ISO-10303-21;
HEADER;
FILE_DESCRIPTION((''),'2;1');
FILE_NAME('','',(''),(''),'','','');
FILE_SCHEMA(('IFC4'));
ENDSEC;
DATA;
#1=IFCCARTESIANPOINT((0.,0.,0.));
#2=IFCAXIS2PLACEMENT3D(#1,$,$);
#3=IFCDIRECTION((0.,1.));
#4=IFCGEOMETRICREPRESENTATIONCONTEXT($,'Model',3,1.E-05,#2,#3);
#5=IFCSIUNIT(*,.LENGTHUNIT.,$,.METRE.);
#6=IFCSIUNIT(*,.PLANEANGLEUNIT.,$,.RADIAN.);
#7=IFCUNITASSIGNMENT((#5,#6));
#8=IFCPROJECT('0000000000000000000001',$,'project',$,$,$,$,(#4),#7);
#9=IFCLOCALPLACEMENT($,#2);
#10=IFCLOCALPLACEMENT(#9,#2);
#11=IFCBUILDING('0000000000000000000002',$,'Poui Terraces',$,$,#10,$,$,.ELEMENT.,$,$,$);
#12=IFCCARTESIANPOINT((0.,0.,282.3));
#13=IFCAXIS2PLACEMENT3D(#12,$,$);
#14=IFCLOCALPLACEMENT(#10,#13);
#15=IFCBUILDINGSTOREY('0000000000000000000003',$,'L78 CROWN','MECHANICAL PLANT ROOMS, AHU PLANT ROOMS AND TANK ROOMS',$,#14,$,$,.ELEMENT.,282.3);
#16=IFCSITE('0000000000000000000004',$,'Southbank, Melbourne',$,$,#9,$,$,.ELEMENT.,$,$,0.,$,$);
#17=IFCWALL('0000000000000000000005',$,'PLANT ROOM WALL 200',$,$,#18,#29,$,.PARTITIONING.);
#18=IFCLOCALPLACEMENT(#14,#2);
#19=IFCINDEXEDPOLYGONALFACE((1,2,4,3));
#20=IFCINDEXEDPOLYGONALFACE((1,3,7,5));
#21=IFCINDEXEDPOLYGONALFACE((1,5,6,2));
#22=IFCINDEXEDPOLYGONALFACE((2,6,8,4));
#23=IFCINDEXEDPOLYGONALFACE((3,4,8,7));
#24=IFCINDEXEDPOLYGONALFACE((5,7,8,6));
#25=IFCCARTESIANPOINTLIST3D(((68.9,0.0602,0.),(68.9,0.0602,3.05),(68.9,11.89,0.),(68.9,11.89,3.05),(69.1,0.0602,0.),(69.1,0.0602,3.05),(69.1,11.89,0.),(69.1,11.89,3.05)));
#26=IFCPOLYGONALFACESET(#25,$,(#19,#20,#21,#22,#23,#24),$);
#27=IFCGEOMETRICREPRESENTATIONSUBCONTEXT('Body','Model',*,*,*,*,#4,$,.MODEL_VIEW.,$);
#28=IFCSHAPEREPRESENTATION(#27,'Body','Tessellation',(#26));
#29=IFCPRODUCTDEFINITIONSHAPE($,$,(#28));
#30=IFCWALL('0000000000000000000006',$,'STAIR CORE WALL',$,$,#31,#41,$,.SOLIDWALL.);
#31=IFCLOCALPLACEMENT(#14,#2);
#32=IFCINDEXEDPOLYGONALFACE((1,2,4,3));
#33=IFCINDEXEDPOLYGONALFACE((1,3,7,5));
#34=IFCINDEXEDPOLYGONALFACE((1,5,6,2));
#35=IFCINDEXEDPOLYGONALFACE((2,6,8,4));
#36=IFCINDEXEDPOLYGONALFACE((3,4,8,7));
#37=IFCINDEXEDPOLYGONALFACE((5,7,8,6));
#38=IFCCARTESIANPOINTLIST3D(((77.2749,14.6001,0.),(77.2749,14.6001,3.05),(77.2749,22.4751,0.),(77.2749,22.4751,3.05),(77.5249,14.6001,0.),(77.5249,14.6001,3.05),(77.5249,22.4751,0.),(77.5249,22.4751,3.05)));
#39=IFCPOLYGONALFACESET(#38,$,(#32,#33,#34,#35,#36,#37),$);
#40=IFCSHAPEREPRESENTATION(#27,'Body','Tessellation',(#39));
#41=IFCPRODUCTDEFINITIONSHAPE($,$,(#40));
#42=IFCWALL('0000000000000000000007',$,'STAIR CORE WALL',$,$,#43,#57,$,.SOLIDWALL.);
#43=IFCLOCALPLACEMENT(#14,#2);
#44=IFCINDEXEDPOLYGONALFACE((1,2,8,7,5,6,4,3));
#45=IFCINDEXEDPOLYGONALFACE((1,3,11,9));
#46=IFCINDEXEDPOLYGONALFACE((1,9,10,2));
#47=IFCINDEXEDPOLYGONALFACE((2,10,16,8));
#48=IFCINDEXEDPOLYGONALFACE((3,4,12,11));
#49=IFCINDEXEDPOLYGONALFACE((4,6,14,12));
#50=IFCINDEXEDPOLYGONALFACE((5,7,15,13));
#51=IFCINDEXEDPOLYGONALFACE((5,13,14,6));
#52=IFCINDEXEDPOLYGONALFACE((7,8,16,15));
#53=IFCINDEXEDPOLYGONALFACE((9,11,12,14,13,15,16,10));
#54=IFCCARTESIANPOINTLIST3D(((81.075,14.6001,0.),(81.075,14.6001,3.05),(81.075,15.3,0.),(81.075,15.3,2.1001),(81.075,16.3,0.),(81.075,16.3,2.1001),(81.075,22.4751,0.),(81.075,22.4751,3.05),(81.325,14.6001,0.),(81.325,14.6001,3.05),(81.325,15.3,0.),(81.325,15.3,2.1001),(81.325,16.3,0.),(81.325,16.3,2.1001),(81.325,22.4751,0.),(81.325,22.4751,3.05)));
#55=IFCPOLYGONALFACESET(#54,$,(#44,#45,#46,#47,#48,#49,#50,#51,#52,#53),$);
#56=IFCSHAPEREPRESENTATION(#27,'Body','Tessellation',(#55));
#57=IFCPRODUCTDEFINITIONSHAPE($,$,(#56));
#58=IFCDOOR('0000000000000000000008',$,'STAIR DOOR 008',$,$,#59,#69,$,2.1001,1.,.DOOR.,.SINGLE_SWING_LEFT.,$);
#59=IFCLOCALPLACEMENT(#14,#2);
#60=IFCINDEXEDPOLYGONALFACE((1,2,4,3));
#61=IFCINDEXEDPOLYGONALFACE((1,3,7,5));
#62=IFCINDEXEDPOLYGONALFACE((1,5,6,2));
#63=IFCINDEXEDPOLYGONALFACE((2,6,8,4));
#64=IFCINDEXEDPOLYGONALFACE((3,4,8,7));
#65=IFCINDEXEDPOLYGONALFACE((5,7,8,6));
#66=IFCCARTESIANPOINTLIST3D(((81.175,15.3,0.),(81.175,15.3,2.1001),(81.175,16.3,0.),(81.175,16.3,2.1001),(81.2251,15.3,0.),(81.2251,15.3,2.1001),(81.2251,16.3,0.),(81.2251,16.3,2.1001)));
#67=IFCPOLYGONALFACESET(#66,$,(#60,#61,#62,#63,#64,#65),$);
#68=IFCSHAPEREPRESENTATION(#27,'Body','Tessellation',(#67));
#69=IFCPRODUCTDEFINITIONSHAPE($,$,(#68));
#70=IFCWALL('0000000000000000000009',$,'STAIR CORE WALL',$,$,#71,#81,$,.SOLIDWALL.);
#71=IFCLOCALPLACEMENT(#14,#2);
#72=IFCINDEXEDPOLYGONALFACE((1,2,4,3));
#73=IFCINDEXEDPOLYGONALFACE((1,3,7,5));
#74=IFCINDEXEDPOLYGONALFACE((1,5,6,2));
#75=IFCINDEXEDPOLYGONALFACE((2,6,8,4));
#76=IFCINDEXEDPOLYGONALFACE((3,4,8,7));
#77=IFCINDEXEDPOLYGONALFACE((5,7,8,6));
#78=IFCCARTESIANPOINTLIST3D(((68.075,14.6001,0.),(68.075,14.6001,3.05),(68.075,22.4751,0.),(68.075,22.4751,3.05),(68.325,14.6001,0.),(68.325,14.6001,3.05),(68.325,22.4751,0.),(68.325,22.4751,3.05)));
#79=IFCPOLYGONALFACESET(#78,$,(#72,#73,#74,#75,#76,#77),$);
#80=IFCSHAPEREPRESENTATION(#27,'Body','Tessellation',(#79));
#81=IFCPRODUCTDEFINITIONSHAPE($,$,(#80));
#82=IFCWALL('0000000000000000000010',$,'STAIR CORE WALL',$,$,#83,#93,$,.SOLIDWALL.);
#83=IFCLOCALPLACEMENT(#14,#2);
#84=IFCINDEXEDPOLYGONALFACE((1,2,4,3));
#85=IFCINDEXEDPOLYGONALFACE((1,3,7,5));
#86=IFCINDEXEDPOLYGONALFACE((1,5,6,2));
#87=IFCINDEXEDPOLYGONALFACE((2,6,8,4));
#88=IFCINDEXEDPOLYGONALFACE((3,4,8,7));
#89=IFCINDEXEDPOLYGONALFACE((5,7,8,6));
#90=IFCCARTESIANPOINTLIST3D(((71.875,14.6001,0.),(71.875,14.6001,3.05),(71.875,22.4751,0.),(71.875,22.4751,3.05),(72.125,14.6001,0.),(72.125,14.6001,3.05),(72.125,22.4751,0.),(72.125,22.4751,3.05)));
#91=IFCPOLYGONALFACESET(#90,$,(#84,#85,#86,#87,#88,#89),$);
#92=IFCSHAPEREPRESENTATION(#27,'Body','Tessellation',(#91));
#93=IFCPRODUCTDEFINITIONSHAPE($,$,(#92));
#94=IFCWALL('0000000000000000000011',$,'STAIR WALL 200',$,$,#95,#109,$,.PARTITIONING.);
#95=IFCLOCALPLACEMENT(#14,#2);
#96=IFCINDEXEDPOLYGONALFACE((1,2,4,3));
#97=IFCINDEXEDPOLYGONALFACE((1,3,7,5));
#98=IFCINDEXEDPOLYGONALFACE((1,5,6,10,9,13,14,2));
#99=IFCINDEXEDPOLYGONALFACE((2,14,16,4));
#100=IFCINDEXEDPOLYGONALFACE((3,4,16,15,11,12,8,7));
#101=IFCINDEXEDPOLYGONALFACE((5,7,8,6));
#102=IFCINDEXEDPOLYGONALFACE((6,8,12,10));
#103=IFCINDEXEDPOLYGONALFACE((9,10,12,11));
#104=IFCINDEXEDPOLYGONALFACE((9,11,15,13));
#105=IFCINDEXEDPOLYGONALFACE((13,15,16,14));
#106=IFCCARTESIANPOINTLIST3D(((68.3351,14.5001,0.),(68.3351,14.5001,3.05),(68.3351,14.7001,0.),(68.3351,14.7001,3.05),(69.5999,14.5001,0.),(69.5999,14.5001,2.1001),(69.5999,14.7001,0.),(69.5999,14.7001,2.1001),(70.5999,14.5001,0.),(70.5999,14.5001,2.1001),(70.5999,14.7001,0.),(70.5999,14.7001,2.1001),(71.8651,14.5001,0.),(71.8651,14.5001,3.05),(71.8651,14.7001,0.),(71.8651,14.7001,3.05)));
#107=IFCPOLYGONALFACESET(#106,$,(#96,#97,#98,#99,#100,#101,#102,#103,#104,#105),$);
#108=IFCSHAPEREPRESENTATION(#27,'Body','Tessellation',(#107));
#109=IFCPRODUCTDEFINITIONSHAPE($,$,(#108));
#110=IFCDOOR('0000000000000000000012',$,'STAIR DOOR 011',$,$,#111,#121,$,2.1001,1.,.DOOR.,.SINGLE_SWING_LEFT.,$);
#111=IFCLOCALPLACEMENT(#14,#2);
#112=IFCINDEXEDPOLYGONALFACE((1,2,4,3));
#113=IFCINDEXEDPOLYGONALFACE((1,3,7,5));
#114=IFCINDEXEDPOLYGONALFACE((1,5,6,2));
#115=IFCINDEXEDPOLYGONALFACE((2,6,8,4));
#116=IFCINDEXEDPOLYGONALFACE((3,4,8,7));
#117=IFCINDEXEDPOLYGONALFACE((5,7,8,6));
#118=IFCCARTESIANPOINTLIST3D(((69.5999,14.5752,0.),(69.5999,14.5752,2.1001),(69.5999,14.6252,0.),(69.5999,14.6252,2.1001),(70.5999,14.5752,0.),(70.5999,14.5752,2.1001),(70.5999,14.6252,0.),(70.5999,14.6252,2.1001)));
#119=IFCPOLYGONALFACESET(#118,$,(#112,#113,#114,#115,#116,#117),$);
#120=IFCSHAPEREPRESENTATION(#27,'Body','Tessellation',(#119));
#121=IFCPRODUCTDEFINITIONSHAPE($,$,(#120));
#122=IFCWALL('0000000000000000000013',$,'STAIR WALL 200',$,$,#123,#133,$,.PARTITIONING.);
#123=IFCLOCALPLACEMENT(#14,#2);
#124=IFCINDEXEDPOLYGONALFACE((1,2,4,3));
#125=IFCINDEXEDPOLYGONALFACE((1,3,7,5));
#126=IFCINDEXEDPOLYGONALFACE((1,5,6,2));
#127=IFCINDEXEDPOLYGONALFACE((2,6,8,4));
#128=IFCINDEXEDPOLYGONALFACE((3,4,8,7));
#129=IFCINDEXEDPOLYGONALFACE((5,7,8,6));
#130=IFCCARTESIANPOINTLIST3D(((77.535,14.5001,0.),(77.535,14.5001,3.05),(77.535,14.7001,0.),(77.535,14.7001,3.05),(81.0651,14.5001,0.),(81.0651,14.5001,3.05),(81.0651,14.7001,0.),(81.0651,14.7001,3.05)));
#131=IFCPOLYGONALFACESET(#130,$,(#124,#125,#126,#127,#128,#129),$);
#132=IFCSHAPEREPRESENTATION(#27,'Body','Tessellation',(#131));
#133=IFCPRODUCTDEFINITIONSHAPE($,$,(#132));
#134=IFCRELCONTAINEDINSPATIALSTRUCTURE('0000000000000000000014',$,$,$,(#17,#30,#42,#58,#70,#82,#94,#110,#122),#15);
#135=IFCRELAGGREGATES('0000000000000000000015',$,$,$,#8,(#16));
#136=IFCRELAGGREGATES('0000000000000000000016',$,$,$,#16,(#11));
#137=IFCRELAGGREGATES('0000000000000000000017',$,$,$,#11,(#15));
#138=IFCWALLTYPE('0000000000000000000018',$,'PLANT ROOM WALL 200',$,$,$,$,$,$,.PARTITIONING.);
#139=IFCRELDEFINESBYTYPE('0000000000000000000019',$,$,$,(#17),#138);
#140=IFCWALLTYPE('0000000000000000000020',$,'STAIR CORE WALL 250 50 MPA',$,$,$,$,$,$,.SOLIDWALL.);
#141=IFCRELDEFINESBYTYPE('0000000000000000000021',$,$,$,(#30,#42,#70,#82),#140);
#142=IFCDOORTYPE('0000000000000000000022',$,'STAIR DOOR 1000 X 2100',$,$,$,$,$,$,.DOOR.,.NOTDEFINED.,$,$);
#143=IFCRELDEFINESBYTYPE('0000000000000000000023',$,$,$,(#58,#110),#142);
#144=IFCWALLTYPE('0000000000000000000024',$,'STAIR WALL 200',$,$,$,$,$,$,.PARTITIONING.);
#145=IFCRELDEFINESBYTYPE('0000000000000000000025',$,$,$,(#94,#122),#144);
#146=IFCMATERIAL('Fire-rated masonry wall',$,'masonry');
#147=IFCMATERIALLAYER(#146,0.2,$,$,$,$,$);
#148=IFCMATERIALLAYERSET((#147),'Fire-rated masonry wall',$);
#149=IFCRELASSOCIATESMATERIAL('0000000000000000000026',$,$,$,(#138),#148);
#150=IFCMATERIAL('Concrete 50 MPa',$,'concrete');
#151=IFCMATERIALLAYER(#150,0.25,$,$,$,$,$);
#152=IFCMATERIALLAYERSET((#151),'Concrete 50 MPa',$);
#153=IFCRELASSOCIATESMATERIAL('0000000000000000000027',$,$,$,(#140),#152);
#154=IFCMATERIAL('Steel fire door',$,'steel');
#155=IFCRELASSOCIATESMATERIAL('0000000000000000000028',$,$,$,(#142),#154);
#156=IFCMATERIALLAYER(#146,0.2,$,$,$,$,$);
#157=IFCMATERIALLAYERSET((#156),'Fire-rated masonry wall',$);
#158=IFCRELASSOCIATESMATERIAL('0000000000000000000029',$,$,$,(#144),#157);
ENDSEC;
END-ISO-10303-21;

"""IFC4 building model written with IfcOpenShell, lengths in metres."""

from ifc_helpers import new_model, si_unit, direction, frame, frame_2d, origin, place, context, subcontext, project, spatial, rectangle, extrude, material, layer, layer_set, type_object, element, fill, save


model = new_model("IFC4")

# Units and contexts
model_context = context("Model", 3, precision=1e-05, world=origin(), true_north=direction((0.0, 1.0)))
body_context = subcontext(model_context, "Body", "Model", "MODEL_VIEW")
ifc_project = project(units=[si_unit("LENGTHUNIT", "METRE"), si_unit("PLANEANGLEUNIT", "RADIAN")], contexts=[model_context])

# Site, building, storey
site_placement = place(None, origin())
site = spatial("IfcSite", under=ifc_project, at=site_placement, Name="Southbank, Melbourne", CompositionType="ELEMENT", RefElevation=0.0)
building_placement = place(site_placement, origin())
building = spatial("IfcBuilding", under=site, at=building_placement, Name="Poui Terraces", CompositionType="ELEMENT")
storey_placement = place(building_placement, frame((0.0, 0.0, 282.3)))
storey = spatial("IfcBuildingStorey", under=building, at=storey_placement, Name="L78 CROWN", Description="MECHANICAL PLANT ROOMS, AHU PLANT ROOMS AND TANK ROOMS", CompositionType="ELEMENT", Elevation=282.3)

# Shared definitions
ifc_material_1 = material(Name="Concrete 50 MPa", Category="concrete")

# Shared definitions
ifc_material_2 = material(Name="Steel fire door", Category="steel")

# Shared definitions
ifc_material_3 = material(Name="Fire-rated masonry wall", Category="masonry")
ifc_layer_1 = layer(ifc_material_3, 0.2)
ifc_layer_set_1 = layer_set([ifc_layer_1], Name="Fire-rated masonry wall")
wall_type_1 = type_object("IfcWallType", Name="PLANT ROOM WALL 200", PredefinedType="PARTITIONING", material=ifc_layer_set_1)

# Walls
wall_1_placement = place(storey_placement, frame((69.0, 0.0601, 0.0), z_axis=(0.0, 0.0, 1.0), x_axis=(0.0, 1.0, 0.0)))
element("IfcWall", 1, at=wall_1_placement, inside=storey, type_object=wall_type_1, Name="PLANT ROOM WALL 200", PredefinedType="PARTITIONING", context=body_context, shape_type="SweptSolid", body=[
    extrude(rectangle(XDim=11.8298, YDim=0.2, at=frame_2d((5.915, 0.0))), origin(), (0.0, 0.0, 1.0), 3.05),
])
ifc_layer_2 = layer(ifc_material_1, 0.25)
ifc_layer_set_2 = layer_set([ifc_layer_2], Name="Concrete 50 MPa")
wall_type_2 = type_object("IfcWallType", Name="STAIR CORE WALL 250 50 MPA", PredefinedType="SOLIDWALL", material=ifc_layer_set_2)
wall_2_placement = place(storey_placement, frame((77.3999, 14.6001, 0.0), z_axis=(0.0, 0.0, 1.0), x_axis=(0.0, 1.0, 0.0)))
element("IfcWall", 2, at=wall_2_placement, inside=storey, type_object=wall_type_2, Name="STAIR CORE WALL", PredefinedType="SOLIDWALL", context=body_context, shape_type="SweptSolid", body=[
    extrude(rectangle(XDim=7.875, YDim=0.25, at=frame_2d((3.9375, 0.0))), origin(), (0.0, 0.0, 1.0), 3.05),
])

# Wall, opening, door
wall_3_placement = place(storey_placement, frame((81.2, 14.6001, 0.0), z_axis=(0.0, 0.0, 1.0), x_axis=(0.0, 1.0, 0.0)))
wall_3 = element("IfcWall", 3, at=wall_3_placement, inside=storey, type_object=wall_type_2, Name="STAIR CORE WALL", PredefinedType="SOLIDWALL", context=body_context, shape_type="SweptSolid", body=[
    extrude(rectangle(XDim=7.875, YDim=0.25, at=frame_2d((3.9375, 0.0))), origin(), (0.0, 0.0, 1.0), 3.05),
])
opening_1_placement = place(wall_3_placement, frame((0.7, 0.0, 0.0)))
opening_1 = element("IfcOpeningElement", 4, at=opening_1_placement, cuts=wall_3, PredefinedType="OPENING", context=body_context, shape_type="SweptSolid", body=[
    extrude(rectangle(XDim=1.0, YDim=2.1001, at=frame_2d((0.5, 1.05))), frame((0.0, 0.135, 0.0), z_axis=(0.0, -1.0, 0.0), x_axis=(1.0, 0.0, 0.0)), (0.0, 0.0, 1.0), 0.27),
])
door_type_1 = type_object("IfcDoorType", Name="STAIR DOOR 1000 X 2100", OperationType="NOTDEFINED", PredefinedType="DOOR", material=ifc_material_2)
door_1_placement = place(opening_1_placement, origin())
door_1 = element("IfcDoor", 5, at=door_1_placement, inside=storey, type_object=door_type_1, Name="STAIR DOOR 008", OperationType="SINGLE_SWING_LEFT", OverallHeight=2.1001, OverallWidth=1.0, PredefinedType="DOOR", context=body_context, shape_type="SweptSolid", body=[
    extrude(rectangle(XDim=1.0, YDim=2.1001, at=frame_2d((0.5, 1.05))), frame((0.0, 0.0249, 0.0), z_axis=(0.0, -1.0, 0.0), x_axis=(1.0, 0.0, 0.0)), (0.0, 0.0, 1.0), 0.05),
])
fill(opening_1, door_1)

# Walls
for number, where, z_axis, x_axis, name in (
    (6, (68.2, 14.6001, 0.0), (0.0, 0.0, 1.0), (0.0, 1.0, 0.0), "STAIR CORE WALL"),
    (7, (72.0, 14.6001, 0.0), (0.0, 0.0, 1.0), (0.0, 1.0, 0.0), "STAIR CORE WALL"),
):
    element("IfcWall", number, at=place(storey_placement, frame(where, z_axis=z_axis, x_axis=x_axis)), inside=storey, type_object=wall_type_2, Name=name, PredefinedType="SOLIDWALL", context=body_context, shape_type="SweptSolid", body=[
        extrude(rectangle(XDim=7.875, YDim=0.25, at=frame_2d((3.9375, 0.0))), origin(), (0.0, 0.0, 1.0), 3.05),
    ])

# Wall, opening, door
ifc_layer_3 = layer(ifc_material_3, 0.2)
ifc_layer_set_3 = layer_set([ifc_layer_3], Name="Fire-rated masonry wall")
wall_type_3 = type_object("IfcWallType", Name="STAIR WALL 200", PredefinedType="PARTITIONING", material=ifc_layer_set_3)
wall_4_placement = place(storey_placement, frame((68.335, 14.6001, 0.0), z_axis=(0.0, 0.0, 1.0), x_axis=(1.0, 0.0, 0.0)))
wall_4 = element("IfcWall", 8, at=wall_4_placement, inside=storey, type_object=wall_type_3, Name="STAIR WALL 200", PredefinedType="PARTITIONING", context=body_context, shape_type="SweptSolid", body=[
    extrude(rectangle(XDim=3.53, YDim=0.2, at=frame_2d((1.7651, 0.0))), origin(), (0.0, 0.0, 1.0), 3.05),
])
opening_2_placement = place(wall_4_placement, frame((1.2649, 0.0, 0.0)))
opening_2 = element("IfcOpeningElement", 9, at=opening_2_placement, cuts=wall_4, PredefinedType="OPENING", context=body_context, shape_type="SweptSolid", body=[
    extrude(rectangle(XDim=1.0, YDim=2.1001, at=frame_2d((0.5, 1.05))), frame((0.0, 0.1099, 0.0), z_axis=(0.0, -1.0, 0.0), x_axis=(1.0, 0.0, 0.0)), (0.0, 0.0, 1.0), 0.22),
])
door_2_placement = place(opening_2_placement, frame((1.0, 0.0, 0.0), z_axis=(0.0, 0.0, 1.0), x_axis=(-1.0, 0.0, 0.0)))
door_2 = element("IfcDoor", 10, at=door_2_placement, inside=storey, type_object=door_type_1, Name="STAIR DOOR 011", OperationType="SINGLE_SWING_LEFT", OverallHeight=2.1001, OverallWidth=1.0, PredefinedType="DOOR", context=body_context, shape_type="SweptSolid", body=[
    extrude(rectangle(XDim=1.0, YDim=2.1001, at=frame_2d((0.5, 1.05))), frame((0.0, 0.0249, 0.0), z_axis=(0.0, -1.0, 0.0), x_axis=(1.0, 0.0, 0.0)), (0.0, 0.0, 1.0), 0.05),
])
fill(opening_2, door_2)

# Wall
wall_5_placement = place(storey_placement, frame((77.5349, 14.6001, 0.0), z_axis=(0.0, 0.0, 1.0), x_axis=(1.0, 0.0, 0.0)))
element("IfcWall", 11, at=wall_5_placement, inside=storey, type_object=wall_type_3, Name="STAIR WALL 200", PredefinedType="PARTITIONING", context=body_context, shape_type="SweptSolid", body=[
    extrude(rectangle(XDim=3.53, YDim=0.2, at=frame_2d((1.7651, 0.0))), origin(), (0.0, 0.0, 1.0), 3.05),
])

save(model, "model.ifc")
